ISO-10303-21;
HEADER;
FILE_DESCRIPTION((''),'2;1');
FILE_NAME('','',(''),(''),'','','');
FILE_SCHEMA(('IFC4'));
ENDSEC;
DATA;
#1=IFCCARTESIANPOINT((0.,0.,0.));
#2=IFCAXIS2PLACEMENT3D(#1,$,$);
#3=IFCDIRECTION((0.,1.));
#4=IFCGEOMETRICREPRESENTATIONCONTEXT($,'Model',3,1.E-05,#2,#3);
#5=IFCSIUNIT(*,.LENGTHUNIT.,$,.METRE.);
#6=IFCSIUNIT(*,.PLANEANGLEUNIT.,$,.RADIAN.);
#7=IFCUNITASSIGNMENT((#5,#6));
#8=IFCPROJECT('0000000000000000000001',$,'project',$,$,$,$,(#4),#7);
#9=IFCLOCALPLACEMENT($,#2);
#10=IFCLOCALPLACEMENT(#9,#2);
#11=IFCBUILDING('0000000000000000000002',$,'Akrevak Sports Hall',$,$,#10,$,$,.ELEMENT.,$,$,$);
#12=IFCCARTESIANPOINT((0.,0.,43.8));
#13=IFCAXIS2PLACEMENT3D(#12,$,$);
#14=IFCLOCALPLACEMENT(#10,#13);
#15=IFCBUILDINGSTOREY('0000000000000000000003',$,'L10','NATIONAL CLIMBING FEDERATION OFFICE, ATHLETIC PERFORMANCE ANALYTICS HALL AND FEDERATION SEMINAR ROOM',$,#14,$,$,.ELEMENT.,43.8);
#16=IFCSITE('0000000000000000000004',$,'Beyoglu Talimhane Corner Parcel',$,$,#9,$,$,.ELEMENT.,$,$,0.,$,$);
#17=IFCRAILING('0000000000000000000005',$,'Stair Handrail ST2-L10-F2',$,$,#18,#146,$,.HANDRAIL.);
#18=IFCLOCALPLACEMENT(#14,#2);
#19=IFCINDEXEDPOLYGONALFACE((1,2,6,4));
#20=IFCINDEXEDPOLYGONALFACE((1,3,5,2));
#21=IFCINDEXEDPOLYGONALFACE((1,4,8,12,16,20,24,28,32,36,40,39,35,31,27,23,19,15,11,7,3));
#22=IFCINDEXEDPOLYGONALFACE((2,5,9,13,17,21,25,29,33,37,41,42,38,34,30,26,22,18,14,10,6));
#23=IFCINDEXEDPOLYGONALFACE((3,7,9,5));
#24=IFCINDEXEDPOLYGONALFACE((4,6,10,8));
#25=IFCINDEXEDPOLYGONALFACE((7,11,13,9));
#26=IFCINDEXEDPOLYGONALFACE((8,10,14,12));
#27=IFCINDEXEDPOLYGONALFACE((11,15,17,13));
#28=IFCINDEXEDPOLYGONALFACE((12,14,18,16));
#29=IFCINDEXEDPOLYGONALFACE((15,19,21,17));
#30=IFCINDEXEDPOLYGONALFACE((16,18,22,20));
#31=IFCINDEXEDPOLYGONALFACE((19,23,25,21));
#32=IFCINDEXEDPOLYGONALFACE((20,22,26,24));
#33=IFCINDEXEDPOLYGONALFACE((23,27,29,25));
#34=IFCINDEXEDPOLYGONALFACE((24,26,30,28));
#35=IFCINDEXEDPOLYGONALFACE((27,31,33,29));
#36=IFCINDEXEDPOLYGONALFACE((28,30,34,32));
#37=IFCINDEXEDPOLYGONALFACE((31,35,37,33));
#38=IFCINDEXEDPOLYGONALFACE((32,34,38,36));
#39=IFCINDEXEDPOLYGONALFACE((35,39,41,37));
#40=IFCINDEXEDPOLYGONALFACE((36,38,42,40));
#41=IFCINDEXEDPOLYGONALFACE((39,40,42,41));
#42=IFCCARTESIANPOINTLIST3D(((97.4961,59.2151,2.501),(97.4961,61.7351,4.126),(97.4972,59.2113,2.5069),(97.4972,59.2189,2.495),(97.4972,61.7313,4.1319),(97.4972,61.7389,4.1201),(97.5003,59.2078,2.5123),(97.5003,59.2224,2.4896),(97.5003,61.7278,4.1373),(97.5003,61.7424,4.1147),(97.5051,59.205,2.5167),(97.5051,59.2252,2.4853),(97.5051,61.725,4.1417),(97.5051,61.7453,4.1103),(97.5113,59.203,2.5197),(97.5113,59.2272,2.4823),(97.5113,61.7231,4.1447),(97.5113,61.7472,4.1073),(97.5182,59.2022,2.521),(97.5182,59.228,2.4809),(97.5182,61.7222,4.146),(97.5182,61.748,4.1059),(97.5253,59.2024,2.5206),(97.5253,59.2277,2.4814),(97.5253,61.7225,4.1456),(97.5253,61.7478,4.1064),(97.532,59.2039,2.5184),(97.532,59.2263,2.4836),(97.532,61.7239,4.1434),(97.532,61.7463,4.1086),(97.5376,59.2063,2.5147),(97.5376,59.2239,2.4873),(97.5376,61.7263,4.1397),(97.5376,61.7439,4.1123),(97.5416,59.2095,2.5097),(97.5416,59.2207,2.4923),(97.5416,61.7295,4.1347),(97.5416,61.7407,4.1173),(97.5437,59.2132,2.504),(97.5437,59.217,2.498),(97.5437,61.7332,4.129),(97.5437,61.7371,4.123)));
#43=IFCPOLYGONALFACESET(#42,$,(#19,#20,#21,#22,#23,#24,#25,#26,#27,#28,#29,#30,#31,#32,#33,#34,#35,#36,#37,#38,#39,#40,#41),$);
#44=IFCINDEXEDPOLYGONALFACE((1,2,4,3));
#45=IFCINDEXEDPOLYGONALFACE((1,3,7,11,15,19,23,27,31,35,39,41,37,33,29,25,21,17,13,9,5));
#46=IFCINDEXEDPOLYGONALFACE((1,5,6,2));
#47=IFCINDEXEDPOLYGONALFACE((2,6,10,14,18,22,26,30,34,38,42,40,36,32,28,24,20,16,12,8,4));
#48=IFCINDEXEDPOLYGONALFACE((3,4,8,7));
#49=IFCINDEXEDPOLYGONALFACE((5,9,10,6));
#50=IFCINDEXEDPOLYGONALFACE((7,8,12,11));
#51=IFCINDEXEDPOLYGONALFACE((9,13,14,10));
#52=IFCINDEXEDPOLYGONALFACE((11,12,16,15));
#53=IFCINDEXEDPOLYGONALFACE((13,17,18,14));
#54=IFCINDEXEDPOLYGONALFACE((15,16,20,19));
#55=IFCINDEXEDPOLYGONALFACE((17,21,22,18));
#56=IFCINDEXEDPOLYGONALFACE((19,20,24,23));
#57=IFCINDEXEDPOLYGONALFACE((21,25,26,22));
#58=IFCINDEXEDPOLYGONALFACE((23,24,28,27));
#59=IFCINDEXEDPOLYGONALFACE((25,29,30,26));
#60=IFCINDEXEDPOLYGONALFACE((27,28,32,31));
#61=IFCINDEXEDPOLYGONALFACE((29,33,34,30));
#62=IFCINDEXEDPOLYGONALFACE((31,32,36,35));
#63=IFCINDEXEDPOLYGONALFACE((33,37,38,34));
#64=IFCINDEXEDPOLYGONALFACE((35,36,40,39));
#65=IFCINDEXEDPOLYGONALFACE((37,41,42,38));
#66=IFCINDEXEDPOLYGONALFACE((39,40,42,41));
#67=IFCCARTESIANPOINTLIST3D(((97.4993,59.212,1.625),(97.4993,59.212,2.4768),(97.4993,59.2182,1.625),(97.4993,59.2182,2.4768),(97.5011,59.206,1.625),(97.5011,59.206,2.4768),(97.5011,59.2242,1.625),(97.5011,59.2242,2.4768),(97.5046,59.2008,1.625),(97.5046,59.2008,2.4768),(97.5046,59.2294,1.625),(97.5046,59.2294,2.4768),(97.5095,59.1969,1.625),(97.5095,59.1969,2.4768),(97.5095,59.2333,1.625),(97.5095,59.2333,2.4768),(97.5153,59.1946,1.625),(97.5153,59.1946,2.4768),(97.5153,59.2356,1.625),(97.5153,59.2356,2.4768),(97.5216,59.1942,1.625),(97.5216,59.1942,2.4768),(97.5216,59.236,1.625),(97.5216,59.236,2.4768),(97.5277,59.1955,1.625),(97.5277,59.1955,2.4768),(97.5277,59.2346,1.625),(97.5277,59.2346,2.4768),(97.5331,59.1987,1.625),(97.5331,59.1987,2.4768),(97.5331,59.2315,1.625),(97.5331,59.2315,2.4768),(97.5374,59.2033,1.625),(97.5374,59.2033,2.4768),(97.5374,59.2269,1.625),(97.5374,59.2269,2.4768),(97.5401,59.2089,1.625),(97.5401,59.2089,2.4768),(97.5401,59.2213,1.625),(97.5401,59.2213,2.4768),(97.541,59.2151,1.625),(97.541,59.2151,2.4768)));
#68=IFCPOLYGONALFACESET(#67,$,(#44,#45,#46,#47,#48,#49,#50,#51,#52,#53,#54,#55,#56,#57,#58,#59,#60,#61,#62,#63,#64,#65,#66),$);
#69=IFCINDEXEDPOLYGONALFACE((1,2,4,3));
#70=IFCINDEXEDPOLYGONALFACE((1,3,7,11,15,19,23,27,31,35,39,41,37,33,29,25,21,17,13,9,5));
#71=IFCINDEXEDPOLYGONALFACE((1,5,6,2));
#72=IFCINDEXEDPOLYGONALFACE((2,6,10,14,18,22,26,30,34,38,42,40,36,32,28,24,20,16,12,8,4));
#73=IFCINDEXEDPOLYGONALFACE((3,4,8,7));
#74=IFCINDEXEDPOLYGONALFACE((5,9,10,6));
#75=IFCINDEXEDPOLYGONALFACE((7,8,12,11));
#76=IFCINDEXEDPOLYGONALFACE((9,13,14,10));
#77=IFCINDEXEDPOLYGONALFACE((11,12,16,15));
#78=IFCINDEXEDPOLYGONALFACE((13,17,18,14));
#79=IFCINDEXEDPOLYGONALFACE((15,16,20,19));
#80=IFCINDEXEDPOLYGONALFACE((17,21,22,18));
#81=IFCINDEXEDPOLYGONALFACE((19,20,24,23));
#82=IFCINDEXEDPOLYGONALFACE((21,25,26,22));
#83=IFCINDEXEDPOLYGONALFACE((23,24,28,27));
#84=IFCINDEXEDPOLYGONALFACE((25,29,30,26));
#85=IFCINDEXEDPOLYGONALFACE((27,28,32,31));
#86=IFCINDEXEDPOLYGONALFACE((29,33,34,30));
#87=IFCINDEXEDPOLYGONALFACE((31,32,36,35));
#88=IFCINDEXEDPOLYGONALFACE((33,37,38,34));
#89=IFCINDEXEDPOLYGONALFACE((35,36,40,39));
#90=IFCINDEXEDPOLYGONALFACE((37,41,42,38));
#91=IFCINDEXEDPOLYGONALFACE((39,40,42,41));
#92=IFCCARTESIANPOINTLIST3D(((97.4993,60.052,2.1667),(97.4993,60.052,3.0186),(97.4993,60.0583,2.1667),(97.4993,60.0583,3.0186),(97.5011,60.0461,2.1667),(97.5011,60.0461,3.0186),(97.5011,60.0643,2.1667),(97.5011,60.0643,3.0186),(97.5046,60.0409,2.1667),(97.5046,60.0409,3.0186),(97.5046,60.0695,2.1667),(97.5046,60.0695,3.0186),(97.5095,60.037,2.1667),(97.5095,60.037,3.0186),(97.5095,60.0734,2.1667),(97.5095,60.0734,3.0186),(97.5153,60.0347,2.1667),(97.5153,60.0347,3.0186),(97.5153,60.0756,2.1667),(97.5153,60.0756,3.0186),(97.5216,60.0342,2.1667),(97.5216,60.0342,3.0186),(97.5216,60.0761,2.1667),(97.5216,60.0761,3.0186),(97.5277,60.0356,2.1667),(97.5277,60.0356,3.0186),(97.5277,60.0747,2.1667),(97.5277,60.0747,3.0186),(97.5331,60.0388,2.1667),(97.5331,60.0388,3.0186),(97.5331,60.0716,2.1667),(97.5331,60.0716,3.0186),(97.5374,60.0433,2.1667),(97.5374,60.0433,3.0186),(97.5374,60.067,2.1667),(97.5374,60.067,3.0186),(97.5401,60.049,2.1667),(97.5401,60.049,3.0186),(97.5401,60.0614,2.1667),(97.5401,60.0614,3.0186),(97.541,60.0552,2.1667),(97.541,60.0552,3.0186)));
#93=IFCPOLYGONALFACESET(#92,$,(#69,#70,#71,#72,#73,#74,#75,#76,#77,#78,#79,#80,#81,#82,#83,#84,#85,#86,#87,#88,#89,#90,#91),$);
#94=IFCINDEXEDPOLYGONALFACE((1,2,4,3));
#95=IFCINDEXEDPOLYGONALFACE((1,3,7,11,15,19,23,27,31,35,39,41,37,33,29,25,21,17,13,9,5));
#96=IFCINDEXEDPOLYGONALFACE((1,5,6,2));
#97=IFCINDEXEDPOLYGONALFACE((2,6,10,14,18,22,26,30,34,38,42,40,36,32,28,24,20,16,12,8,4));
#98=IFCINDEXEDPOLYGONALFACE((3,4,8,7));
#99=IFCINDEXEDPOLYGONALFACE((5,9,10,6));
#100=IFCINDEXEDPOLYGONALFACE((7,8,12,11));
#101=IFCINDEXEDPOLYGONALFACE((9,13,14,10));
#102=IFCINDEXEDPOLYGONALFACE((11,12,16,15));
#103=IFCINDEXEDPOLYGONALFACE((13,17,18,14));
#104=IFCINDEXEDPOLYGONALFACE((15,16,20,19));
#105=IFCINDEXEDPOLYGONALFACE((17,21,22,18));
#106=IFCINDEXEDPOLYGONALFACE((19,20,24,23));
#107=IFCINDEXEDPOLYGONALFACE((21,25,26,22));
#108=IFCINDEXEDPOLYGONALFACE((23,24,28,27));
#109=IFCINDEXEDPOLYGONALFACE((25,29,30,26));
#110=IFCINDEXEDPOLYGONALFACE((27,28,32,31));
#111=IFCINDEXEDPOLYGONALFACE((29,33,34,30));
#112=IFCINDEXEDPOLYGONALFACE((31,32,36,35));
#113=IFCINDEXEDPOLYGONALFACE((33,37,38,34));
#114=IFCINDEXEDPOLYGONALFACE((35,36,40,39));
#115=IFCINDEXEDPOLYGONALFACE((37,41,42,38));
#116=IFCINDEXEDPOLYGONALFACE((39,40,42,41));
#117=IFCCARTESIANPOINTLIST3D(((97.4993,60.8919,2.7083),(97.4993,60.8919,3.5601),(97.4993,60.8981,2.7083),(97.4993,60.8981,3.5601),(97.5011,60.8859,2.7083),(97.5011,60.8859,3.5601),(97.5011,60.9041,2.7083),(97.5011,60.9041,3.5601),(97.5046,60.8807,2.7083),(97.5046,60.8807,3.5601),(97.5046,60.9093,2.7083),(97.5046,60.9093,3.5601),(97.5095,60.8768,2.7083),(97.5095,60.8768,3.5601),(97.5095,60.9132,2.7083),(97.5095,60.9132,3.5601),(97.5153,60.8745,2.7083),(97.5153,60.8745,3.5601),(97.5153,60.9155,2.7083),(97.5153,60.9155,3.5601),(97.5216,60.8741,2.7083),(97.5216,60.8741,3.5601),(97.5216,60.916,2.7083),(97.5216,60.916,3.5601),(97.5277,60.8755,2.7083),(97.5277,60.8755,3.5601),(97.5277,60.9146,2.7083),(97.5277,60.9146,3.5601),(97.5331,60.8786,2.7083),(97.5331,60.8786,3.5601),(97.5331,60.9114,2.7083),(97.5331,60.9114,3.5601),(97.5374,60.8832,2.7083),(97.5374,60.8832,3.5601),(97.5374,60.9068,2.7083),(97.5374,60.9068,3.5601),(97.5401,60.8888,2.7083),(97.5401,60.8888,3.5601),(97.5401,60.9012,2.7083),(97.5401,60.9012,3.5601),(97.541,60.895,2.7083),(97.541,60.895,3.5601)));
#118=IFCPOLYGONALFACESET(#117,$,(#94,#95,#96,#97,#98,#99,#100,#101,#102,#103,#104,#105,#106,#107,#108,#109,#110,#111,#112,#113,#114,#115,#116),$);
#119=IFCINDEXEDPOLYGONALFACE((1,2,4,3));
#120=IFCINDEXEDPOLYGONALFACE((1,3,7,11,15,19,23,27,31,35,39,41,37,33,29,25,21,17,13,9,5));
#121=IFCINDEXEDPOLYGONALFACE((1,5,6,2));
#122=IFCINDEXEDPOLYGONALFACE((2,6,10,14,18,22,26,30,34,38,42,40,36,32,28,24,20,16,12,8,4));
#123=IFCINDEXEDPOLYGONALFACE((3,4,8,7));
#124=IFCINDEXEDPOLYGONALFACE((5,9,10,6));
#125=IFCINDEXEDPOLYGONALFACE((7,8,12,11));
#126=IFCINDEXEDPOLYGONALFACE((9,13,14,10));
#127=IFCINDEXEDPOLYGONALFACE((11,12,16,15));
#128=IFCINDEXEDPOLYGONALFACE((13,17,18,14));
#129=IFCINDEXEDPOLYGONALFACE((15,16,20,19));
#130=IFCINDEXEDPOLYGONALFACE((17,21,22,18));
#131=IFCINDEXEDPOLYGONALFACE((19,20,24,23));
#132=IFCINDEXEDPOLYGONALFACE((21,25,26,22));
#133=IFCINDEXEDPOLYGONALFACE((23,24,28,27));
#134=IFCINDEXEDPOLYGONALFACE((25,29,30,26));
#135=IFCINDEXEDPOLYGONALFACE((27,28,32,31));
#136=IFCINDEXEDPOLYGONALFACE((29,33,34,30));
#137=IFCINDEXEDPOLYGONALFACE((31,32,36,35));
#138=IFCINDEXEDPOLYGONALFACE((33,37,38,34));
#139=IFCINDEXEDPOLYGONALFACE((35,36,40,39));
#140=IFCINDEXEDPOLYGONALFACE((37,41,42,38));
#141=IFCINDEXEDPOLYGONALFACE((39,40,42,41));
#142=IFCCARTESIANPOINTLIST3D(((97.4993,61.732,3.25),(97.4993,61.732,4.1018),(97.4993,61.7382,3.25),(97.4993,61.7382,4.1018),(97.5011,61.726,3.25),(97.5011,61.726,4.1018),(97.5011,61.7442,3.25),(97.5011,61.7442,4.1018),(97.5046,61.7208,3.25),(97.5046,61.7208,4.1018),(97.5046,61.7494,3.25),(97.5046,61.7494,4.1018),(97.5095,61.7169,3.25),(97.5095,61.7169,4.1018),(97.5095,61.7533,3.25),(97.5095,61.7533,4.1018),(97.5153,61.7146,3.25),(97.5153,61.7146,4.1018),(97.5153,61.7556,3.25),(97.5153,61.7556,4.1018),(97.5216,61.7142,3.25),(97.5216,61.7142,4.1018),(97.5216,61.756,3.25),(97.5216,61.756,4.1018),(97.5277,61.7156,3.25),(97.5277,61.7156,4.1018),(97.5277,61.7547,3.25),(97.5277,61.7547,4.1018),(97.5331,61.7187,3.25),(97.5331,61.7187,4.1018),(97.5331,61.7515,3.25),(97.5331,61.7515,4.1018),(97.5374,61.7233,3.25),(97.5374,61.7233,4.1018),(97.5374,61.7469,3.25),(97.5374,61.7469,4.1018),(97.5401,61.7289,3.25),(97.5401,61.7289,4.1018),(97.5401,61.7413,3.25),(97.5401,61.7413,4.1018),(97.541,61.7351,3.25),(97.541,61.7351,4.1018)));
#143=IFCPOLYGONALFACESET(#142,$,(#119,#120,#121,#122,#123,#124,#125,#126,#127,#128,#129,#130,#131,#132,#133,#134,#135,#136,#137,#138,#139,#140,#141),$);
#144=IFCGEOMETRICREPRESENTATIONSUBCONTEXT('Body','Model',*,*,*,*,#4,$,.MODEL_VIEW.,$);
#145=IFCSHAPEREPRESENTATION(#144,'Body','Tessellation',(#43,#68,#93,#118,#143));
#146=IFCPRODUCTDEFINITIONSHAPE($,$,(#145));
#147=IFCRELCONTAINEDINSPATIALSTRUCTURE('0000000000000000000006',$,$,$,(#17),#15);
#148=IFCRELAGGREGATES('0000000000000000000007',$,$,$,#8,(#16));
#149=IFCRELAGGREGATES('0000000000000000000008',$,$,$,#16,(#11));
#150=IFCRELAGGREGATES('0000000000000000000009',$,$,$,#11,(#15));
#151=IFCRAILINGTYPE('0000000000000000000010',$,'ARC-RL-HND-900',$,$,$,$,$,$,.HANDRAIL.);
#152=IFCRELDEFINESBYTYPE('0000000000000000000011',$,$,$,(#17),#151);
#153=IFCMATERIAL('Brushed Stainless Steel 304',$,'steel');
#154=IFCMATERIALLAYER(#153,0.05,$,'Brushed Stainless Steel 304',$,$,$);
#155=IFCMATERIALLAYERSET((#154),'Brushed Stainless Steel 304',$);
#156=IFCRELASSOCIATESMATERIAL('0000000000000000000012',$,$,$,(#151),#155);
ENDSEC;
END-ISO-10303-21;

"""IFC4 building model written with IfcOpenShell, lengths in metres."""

from ifc_helpers import new_model, si_unit, direction, frame, origin, origin_2d, place, context, subcontext, project, spatial, circle, extrude, material, layer, layer_set, type_object, element, save


model = new_model("IFC4")

# Units and contexts
model_context = context("Model", 3, precision=1e-05, world=origin(), true_north=direction((0.0, 1.0)))
body_context = subcontext(model_context, "Body", "Model", "MODEL_VIEW")
ifc_project = project(units=[si_unit("LENGTHUNIT", "METRE"), si_unit("PLANEANGLEUNIT", "RADIAN")], contexts=[model_context])

# Site, building, storey
site_placement = place(None, origin())
site = spatial("IfcSite", under=ifc_project, at=site_placement, Name="Beyoglu Talimhane Corner Parcel", CompositionType="ELEMENT", RefElevation=0.0)
building_placement = place(site_placement, origin())
building = spatial("IfcBuilding", under=site, at=building_placement, Name="Akrevak Sports Hall", CompositionType="ELEMENT")
storey_placement = place(building_placement, frame((0.0, 0.0, 43.8)))
storey = spatial("IfcBuildingStorey", under=building, at=storey_placement, Name="L10", Description="NATIONAL CLIMBING FEDERATION OFFICE, ATHLETIC PERFORMANCE ANALYTICS HALL AND FEDERATION SEMINAR ROOM", CompositionType="ELEMENT", Elevation=43.8)

# Railing
ifc_material_1 = material(Name="Brushed Stainless Steel 304", Category="steel")
ifc_layer_1 = layer(ifc_material_1, 0.05, Name="Brushed Stainless Steel 304")
ifc_layer_set_1 = layer_set([ifc_layer_1], Name="Brushed Stainless Steel 304")
railing_type = type_object("IfcRailingType", Name="ARC-RL-HND-900", PredefinedType="HANDRAIL", material=ifc_layer_set_1)
railing_placement = place(storey_placement, frame((97.52, 59.2151, 1.625)))
element("IfcRailing", 1, at=railing_placement, inside=storey, type_object=railing_type, Name="Stair Handrail ST2-L10-F2", PredefinedType="HANDRAIL", context=body_context, shape_type="SweptSolid", body=[
    extrude(circle(Radius=0.0239, at=origin_2d()), frame((0.0, 0.0, 0.876), z_axis=(0.0, 0.840421, 0.541934), x_axis=(-1.0, 0.0, 0.0)), (0.0, 0.0, 1.0), 2.9985),
    extrude(circle(Radius=0.021, at=origin_2d()), origin(), (0.0, 0.0, 1.0), 0.8518),
    extrude(circle(Radius=0.021, at=origin_2d()), frame((0.0, 0.8401, 0.5417)), (0.0, 0.0, 1.0), 0.8518),
    extrude(circle(Radius=0.021, at=origin_2d()), frame((0.0, 1.6799, 1.0833)), (0.0, 0.0, 1.0), 0.8518),
    extrude(circle(Radius=0.021, at=origin_2d()), frame((0.0, 2.52, 1.625)), (0.0, 0.0, 1.0), 0.8518),
])

save(model, "model.ifc")
